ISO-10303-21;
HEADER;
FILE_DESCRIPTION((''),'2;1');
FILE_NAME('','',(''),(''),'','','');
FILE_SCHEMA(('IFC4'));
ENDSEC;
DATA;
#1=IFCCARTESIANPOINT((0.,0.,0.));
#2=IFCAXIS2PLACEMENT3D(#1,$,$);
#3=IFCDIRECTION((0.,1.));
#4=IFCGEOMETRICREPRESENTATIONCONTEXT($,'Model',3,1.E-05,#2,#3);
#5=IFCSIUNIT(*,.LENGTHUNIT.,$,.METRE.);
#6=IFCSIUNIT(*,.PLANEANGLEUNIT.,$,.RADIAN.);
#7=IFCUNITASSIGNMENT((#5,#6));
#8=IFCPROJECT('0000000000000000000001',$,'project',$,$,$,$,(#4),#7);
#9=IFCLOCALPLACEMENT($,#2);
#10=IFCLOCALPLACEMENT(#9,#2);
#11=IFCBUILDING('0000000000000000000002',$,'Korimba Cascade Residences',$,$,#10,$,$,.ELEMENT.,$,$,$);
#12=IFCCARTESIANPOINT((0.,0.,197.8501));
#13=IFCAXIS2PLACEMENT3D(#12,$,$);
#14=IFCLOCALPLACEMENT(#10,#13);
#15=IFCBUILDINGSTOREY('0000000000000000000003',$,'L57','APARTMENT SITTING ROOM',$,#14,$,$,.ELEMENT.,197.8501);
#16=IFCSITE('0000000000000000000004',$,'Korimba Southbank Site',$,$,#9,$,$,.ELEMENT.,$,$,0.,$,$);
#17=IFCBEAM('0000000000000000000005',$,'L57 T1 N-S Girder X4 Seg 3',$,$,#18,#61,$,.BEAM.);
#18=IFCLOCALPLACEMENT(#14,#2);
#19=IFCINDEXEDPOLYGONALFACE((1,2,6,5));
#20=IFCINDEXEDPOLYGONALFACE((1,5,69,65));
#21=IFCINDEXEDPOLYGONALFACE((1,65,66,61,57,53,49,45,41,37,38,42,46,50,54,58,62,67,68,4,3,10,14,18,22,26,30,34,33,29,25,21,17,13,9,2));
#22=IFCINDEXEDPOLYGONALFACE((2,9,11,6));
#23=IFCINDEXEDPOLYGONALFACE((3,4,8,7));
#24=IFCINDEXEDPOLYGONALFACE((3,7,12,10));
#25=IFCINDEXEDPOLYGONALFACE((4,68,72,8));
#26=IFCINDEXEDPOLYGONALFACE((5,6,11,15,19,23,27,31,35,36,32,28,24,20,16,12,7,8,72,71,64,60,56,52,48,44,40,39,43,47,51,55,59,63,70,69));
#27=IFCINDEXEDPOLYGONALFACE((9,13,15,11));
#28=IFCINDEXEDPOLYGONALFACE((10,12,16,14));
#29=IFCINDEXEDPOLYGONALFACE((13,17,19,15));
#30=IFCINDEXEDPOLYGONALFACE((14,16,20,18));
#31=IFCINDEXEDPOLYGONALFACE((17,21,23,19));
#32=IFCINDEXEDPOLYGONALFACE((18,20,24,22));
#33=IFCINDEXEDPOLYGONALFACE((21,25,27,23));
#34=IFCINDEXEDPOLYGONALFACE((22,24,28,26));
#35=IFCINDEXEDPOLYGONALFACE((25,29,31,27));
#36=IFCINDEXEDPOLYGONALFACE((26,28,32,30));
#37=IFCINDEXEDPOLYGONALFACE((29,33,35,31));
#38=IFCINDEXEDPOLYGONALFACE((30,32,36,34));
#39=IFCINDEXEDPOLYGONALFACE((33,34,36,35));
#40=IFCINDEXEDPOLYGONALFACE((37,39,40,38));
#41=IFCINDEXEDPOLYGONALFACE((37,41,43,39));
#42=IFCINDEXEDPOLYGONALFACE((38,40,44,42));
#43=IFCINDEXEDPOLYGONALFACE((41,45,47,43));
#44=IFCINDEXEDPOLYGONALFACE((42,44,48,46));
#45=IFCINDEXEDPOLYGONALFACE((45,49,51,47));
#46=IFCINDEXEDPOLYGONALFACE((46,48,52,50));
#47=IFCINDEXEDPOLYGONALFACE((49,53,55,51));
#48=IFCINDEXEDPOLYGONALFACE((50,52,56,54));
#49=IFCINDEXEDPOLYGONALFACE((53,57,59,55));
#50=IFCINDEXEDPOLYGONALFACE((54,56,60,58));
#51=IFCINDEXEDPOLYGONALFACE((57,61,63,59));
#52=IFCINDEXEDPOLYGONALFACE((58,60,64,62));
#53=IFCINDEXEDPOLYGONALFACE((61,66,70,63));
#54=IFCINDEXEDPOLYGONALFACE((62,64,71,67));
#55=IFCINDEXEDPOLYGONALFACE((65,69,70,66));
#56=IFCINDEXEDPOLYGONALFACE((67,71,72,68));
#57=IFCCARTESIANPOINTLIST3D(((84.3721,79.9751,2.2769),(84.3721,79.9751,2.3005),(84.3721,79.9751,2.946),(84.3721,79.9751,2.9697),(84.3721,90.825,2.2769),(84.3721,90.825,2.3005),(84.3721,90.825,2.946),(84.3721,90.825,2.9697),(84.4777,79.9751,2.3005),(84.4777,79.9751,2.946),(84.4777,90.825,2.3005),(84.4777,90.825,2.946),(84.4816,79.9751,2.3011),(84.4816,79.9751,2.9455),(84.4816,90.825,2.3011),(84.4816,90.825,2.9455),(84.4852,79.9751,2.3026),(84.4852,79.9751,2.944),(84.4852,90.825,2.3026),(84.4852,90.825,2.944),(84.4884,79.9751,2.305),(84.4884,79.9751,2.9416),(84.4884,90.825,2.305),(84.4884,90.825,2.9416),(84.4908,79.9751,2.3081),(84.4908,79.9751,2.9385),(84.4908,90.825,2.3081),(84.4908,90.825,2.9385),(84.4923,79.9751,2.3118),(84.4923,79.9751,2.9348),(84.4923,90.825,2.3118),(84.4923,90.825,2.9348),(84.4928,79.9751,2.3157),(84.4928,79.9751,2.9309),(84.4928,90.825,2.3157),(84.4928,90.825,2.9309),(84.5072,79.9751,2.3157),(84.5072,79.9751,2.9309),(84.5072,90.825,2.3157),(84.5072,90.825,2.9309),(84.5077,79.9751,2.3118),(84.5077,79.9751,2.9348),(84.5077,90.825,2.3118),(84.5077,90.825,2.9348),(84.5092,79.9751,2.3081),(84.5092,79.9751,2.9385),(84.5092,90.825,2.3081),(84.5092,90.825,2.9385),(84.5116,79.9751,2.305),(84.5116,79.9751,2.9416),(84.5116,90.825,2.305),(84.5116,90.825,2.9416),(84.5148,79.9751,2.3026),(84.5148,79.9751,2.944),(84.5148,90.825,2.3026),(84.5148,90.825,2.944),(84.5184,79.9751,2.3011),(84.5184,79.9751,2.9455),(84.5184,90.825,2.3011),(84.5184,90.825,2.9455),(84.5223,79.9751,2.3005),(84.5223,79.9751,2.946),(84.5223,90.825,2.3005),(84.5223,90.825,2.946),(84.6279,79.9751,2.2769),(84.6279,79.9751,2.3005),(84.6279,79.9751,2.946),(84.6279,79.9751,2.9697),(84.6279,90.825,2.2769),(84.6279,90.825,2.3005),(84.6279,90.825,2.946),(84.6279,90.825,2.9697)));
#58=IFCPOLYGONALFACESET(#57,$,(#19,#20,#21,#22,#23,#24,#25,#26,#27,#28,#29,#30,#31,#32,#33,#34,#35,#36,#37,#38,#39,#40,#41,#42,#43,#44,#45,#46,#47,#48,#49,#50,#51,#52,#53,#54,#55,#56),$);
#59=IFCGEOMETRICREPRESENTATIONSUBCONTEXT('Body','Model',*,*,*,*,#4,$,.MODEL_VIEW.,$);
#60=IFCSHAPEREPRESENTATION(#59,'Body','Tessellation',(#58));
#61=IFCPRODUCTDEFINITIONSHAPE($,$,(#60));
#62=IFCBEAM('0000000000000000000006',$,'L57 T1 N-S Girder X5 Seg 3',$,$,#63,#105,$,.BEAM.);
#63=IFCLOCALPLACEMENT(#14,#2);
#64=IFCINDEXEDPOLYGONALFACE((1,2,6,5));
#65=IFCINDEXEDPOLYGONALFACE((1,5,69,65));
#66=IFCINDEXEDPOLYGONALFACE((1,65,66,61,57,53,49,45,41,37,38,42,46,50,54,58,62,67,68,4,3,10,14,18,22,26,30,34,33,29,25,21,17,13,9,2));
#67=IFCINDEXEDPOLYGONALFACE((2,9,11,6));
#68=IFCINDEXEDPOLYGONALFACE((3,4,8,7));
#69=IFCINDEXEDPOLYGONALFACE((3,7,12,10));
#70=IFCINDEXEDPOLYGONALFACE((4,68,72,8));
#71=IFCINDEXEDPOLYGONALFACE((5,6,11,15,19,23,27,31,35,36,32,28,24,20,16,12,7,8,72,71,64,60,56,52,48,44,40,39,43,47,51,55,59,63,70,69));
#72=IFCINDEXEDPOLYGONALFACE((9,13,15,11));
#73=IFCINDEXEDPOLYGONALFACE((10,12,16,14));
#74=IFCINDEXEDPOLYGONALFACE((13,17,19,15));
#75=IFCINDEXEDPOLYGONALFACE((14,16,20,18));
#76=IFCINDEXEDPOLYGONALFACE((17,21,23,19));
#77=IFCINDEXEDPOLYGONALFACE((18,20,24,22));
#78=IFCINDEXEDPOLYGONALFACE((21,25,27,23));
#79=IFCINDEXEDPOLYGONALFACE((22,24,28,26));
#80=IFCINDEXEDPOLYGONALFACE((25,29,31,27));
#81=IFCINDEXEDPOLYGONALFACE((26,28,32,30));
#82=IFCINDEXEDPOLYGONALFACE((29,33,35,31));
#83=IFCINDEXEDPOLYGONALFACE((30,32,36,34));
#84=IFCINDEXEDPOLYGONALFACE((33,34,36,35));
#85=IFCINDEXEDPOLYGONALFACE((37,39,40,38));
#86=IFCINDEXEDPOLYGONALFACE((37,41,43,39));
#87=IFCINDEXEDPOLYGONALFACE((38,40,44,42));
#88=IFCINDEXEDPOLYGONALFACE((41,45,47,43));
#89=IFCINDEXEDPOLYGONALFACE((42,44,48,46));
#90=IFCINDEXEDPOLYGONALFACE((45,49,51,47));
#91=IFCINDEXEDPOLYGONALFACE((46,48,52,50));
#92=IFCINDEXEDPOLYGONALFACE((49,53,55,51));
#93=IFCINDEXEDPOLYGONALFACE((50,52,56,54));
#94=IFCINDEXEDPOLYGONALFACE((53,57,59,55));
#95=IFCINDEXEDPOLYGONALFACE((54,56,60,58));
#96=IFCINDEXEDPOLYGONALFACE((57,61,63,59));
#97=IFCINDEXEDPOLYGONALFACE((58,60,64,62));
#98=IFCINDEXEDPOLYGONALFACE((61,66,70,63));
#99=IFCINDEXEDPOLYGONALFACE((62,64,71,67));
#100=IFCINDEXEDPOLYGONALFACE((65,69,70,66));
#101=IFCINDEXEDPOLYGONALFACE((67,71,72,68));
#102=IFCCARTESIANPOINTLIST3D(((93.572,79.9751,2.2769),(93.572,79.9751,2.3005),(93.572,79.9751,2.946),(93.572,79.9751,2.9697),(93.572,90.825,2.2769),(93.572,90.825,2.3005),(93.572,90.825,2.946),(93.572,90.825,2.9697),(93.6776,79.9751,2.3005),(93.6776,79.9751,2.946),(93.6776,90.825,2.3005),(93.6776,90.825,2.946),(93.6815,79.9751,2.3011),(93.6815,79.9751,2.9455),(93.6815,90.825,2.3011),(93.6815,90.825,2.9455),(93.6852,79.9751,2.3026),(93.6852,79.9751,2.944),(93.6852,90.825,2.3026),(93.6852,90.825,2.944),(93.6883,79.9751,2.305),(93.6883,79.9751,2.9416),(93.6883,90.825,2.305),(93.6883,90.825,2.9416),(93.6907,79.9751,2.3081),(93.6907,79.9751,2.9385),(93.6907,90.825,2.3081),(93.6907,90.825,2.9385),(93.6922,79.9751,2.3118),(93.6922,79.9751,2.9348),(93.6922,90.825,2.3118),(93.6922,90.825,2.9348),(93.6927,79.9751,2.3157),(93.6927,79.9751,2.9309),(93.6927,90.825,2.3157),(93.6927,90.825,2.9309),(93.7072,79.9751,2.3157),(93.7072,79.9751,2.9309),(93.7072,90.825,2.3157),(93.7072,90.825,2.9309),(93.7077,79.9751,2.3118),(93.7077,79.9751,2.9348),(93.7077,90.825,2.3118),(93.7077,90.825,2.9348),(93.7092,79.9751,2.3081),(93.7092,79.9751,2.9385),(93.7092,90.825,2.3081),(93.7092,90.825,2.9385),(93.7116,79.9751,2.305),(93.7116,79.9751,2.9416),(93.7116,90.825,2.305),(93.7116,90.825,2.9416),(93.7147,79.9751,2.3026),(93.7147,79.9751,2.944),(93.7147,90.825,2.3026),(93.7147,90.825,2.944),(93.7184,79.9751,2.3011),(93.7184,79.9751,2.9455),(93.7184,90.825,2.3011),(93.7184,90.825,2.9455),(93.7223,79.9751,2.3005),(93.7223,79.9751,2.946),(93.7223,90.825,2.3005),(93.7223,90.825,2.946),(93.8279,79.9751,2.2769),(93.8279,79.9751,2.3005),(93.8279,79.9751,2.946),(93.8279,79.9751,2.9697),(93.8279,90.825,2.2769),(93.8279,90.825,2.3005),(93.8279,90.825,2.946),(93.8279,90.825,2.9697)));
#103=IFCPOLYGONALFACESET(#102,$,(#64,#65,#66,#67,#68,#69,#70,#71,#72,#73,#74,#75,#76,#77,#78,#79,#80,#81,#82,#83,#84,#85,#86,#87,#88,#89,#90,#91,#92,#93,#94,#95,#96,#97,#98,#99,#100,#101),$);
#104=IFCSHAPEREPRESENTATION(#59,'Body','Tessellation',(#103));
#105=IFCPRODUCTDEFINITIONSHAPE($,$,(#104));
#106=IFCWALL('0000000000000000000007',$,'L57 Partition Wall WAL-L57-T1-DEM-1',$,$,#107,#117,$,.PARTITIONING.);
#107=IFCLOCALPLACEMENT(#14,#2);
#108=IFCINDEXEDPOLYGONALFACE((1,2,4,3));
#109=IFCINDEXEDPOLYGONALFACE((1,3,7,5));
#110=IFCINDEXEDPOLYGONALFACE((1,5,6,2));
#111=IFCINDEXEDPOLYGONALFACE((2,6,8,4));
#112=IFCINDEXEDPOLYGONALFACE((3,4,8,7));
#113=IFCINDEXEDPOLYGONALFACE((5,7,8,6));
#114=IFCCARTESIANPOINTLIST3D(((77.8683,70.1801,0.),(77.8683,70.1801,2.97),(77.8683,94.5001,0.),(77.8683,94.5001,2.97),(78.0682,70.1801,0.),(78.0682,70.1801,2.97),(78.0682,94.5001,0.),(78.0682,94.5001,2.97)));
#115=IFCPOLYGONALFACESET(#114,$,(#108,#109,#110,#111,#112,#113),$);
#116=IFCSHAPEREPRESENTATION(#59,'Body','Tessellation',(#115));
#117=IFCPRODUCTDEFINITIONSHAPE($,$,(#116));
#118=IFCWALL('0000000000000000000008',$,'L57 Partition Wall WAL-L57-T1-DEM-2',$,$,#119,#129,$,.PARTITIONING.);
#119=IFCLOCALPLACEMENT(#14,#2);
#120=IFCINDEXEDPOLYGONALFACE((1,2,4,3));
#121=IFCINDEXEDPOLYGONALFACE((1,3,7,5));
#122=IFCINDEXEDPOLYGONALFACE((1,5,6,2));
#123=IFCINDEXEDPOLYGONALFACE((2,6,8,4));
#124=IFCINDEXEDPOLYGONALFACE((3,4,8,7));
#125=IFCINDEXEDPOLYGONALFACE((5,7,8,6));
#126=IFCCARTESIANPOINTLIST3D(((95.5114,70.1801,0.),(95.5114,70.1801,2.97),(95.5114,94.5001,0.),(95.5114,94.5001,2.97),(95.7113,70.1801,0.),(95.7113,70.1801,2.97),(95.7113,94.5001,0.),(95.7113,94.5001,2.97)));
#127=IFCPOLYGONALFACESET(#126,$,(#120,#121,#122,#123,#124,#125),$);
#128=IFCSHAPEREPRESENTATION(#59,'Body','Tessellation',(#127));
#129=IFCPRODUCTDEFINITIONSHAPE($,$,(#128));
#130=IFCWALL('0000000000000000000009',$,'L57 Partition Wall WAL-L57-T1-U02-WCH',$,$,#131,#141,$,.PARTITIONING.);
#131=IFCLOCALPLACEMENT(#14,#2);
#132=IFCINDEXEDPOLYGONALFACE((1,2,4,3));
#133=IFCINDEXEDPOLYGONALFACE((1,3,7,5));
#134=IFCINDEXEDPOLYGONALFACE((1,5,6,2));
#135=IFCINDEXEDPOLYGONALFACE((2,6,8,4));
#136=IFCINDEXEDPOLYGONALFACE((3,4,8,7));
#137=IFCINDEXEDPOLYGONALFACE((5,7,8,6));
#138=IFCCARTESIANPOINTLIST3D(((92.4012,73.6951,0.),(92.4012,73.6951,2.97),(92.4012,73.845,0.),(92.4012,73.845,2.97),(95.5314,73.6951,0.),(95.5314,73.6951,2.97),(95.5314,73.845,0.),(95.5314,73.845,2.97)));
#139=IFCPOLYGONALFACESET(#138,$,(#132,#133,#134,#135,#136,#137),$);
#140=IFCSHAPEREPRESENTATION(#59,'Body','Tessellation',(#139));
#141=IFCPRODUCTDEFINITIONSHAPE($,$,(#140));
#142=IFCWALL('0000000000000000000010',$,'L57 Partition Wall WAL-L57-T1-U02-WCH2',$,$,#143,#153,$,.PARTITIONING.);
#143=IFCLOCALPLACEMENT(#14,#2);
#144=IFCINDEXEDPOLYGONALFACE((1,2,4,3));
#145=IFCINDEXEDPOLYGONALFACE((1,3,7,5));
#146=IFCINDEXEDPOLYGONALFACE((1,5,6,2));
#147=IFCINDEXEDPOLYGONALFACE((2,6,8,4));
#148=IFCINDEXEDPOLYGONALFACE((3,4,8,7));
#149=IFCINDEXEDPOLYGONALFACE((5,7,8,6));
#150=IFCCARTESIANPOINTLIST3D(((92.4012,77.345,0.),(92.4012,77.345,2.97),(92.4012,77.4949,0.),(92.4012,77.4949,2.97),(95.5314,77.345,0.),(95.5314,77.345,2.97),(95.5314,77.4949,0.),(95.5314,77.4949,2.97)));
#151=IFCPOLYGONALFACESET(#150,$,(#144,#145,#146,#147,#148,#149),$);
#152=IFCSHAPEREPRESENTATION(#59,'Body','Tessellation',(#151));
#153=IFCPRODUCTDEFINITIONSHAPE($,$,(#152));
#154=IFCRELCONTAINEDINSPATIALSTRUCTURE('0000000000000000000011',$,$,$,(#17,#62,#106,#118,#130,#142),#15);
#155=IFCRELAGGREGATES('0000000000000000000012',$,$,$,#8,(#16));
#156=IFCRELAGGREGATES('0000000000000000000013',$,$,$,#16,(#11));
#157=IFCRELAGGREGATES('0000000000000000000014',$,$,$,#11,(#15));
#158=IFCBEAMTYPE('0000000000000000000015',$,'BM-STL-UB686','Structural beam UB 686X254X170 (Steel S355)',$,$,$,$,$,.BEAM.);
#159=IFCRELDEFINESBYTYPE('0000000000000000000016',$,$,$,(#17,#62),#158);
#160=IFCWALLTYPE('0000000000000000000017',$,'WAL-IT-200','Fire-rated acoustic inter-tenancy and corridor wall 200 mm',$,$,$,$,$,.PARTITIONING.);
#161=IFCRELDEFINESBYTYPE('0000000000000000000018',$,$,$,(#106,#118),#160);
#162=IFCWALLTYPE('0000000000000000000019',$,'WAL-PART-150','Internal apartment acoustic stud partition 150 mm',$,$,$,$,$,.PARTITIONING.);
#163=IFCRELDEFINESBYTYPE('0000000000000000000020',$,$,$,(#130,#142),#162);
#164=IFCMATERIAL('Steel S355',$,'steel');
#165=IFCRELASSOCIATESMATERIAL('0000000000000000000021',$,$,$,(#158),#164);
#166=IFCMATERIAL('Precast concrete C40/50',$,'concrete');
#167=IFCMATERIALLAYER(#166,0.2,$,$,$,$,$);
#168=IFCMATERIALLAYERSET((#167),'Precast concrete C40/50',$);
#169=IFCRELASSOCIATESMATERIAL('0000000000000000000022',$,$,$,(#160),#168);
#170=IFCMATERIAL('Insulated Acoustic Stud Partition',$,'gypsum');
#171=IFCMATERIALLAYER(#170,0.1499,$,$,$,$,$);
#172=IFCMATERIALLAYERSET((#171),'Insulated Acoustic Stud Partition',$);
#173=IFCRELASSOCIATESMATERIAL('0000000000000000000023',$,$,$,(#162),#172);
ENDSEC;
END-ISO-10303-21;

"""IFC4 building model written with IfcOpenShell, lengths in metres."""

from ifc_helpers import new_model, si_unit, direction, frame, frame_2d, origin, origin_2d, place, context, subcontext, project, spatial, rectangle, i_section, extrude, material, layer, layer_set, material_profile, profile_set, type_object, element, save


model = new_model("IFC4")

# Units and contexts
model_context = context("Model", 3, precision=1e-05, world=origin(), true_north=direction((0.0, 1.0)))
body_context = subcontext(model_context, "Body", "Model", "MODEL_VIEW")
ifc_project = project(units=[si_unit("LENGTHUNIT", "METRE"), si_unit("PLANEANGLEUNIT", "RADIAN")], contexts=[model_context])

# Site, building, storey
site_placement = place(None, origin())
site = spatial("IfcSite", under=ifc_project, at=site_placement, Name="Korimba Southbank Site", CompositionType="ELEMENT", RefElevation=0.0)
building_placement = place(site_placement, origin())
building = spatial("IfcBuilding", under=site, at=building_placement, Name="Korimba Cascade Residences", CompositionType="ELEMENT")
storey_placement = place(building_placement, frame((0.0, 0.0, 197.8501)))
storey = spatial("IfcBuildingStorey", under=building, at=storey_placement, Name="L57", Description="APARTMENT SITTING ROOM", CompositionType="ELEMENT", Elevation=197.8501)

# Beams
ifc_material_1 = material(Name="Steel S355", Category="steel")
ifc_material_profile_1 = material_profile(ifc_material_1, i_section(OverallWidth=0.2559, OverallDepth=0.6929, WebThickness=0.0144, FlangeThickness=0.0237, FilletRadius=0.0151, at=origin_2d()), Name="Steel S355")
ifc_profile_set_1 = profile_set([ifc_material_profile_1], Name="Steel S355")
beam_type_1 = type_object("IfcBeamType", Name="BM-STL-UB686", Description="Structural beam UB 686X254X170 (Steel S355)", PredefinedType="BEAM", material=ifc_profile_set_1)
for number, where, z_axis, x_axis, name in (
    (1, (84.5, 79.9751, 2.6233), (0.0, 1.0, 0.0), (-1.0, 0.0, 0.0), "L57 T1 N-S Girder X4 Seg 3"),
    (2, (93.7, 79.9751, 2.6233), (0.0, 1.0, 0.0), (-1.0, 0.0, 0.0), "L57 T1 N-S Girder X5 Seg 3"),
):
    element("IfcBeam", number, at=place(storey_placement, frame(where, z_axis=z_axis, x_axis=x_axis)), inside=storey, type_object=beam_type_1, Name=name, PredefinedType="BEAM", context=body_context, shape_type="SweptSolid", body=[
        extrude(i_section(OverallWidth=0.2559, OverallDepth=0.6929, WebThickness=0.0144, FlangeThickness=0.0237, FilletRadius=0.0151, at=origin_2d()), origin(), (0.0, 0.0, 1.0), 10.8499),
    ])

# Walls
ifc_material_2 = material(Name="Precast concrete C40/50", Category="concrete")
ifc_layer_1 = layer(ifc_material_2, 0.2)
ifc_layer_set_1 = layer_set([ifc_layer_1], Name="Precast concrete C40/50")
wall_type_1 = type_object("IfcWallType", Name="WAL-IT-200", Description="Fire-rated acoustic inter-tenancy and corridor wall 200 mm", PredefinedType="PARTITIONING", material=ifc_layer_set_1)
for number, where, z_axis, x_axis, name in (
    (3, (77.9683, 70.1799, 0.0), (0.0, 0.0, 1.0), (0.0, 1.0, 0.0), "L57 Partition Wall WAL-L57-T1-DEM-1"),
    (4, (95.6113, 70.1799, 0.0), (0.0, 0.0, 1.0), (0.0, 1.0, 0.0), "L57 Partition Wall WAL-L57-T1-DEM-2"),
):
    element("IfcWall", number, at=place(storey_placement, frame(where, z_axis=z_axis, x_axis=x_axis)), inside=storey, type_object=wall_type_1, Name=name, PredefinedType="PARTITIONING", context=body_context, shape_type="SweptSolid", body=[
        extrude(rectangle(XDim=24.3201, YDim=0.2, at=frame_2d((12.1602, 0.0))), origin(), (0.0, 0.0, 1.0), 2.97),
    ])
ifc_material_3 = material(Name="Insulated Acoustic Stud Partition", Category="gypsum")
ifc_layer_2 = layer(ifc_material_3, 0.1499)
ifc_layer_set_2 = layer_set([ifc_layer_2], Name="Insulated Acoustic Stud Partition")
wall_type_2 = type_object("IfcWallType", Name="WAL-PART-150", Description="Internal apartment acoustic stud partition 150 mm", PredefinedType="PARTITIONING", material=ifc_layer_set_2)
for number, where, z_axis, x_axis, name in (
    (5, (92.4014, 73.77, 0.0), (0.0, 0.0, 1.0), (1.0, 0.0, 0.0), "L57 Partition Wall WAL-L57-T1-U02-WCH"),
    (6, (92.4014, 77.4199, 0.0), (0.0, 0.0, 1.0), (1.0, 0.0, 0.0), "L57 Partition Wall WAL-L57-T1-U02-WCH2"),
):
    element("IfcWall", number, at=place(storey_placement, frame(where, z_axis=z_axis, x_axis=x_axis)), inside=storey, type_object=wall_type_2, Name=name, PredefinedType="PARTITIONING", context=body_context, shape_type="SweptSolid", body=[
        extrude(rectangle(XDim=3.1301, YDim=0.1499, at=frame_2d((1.5649, 0.0))), origin(), (0.0, 0.0, 1.0), 2.97),
    ])

save(model, "model.ifc")
